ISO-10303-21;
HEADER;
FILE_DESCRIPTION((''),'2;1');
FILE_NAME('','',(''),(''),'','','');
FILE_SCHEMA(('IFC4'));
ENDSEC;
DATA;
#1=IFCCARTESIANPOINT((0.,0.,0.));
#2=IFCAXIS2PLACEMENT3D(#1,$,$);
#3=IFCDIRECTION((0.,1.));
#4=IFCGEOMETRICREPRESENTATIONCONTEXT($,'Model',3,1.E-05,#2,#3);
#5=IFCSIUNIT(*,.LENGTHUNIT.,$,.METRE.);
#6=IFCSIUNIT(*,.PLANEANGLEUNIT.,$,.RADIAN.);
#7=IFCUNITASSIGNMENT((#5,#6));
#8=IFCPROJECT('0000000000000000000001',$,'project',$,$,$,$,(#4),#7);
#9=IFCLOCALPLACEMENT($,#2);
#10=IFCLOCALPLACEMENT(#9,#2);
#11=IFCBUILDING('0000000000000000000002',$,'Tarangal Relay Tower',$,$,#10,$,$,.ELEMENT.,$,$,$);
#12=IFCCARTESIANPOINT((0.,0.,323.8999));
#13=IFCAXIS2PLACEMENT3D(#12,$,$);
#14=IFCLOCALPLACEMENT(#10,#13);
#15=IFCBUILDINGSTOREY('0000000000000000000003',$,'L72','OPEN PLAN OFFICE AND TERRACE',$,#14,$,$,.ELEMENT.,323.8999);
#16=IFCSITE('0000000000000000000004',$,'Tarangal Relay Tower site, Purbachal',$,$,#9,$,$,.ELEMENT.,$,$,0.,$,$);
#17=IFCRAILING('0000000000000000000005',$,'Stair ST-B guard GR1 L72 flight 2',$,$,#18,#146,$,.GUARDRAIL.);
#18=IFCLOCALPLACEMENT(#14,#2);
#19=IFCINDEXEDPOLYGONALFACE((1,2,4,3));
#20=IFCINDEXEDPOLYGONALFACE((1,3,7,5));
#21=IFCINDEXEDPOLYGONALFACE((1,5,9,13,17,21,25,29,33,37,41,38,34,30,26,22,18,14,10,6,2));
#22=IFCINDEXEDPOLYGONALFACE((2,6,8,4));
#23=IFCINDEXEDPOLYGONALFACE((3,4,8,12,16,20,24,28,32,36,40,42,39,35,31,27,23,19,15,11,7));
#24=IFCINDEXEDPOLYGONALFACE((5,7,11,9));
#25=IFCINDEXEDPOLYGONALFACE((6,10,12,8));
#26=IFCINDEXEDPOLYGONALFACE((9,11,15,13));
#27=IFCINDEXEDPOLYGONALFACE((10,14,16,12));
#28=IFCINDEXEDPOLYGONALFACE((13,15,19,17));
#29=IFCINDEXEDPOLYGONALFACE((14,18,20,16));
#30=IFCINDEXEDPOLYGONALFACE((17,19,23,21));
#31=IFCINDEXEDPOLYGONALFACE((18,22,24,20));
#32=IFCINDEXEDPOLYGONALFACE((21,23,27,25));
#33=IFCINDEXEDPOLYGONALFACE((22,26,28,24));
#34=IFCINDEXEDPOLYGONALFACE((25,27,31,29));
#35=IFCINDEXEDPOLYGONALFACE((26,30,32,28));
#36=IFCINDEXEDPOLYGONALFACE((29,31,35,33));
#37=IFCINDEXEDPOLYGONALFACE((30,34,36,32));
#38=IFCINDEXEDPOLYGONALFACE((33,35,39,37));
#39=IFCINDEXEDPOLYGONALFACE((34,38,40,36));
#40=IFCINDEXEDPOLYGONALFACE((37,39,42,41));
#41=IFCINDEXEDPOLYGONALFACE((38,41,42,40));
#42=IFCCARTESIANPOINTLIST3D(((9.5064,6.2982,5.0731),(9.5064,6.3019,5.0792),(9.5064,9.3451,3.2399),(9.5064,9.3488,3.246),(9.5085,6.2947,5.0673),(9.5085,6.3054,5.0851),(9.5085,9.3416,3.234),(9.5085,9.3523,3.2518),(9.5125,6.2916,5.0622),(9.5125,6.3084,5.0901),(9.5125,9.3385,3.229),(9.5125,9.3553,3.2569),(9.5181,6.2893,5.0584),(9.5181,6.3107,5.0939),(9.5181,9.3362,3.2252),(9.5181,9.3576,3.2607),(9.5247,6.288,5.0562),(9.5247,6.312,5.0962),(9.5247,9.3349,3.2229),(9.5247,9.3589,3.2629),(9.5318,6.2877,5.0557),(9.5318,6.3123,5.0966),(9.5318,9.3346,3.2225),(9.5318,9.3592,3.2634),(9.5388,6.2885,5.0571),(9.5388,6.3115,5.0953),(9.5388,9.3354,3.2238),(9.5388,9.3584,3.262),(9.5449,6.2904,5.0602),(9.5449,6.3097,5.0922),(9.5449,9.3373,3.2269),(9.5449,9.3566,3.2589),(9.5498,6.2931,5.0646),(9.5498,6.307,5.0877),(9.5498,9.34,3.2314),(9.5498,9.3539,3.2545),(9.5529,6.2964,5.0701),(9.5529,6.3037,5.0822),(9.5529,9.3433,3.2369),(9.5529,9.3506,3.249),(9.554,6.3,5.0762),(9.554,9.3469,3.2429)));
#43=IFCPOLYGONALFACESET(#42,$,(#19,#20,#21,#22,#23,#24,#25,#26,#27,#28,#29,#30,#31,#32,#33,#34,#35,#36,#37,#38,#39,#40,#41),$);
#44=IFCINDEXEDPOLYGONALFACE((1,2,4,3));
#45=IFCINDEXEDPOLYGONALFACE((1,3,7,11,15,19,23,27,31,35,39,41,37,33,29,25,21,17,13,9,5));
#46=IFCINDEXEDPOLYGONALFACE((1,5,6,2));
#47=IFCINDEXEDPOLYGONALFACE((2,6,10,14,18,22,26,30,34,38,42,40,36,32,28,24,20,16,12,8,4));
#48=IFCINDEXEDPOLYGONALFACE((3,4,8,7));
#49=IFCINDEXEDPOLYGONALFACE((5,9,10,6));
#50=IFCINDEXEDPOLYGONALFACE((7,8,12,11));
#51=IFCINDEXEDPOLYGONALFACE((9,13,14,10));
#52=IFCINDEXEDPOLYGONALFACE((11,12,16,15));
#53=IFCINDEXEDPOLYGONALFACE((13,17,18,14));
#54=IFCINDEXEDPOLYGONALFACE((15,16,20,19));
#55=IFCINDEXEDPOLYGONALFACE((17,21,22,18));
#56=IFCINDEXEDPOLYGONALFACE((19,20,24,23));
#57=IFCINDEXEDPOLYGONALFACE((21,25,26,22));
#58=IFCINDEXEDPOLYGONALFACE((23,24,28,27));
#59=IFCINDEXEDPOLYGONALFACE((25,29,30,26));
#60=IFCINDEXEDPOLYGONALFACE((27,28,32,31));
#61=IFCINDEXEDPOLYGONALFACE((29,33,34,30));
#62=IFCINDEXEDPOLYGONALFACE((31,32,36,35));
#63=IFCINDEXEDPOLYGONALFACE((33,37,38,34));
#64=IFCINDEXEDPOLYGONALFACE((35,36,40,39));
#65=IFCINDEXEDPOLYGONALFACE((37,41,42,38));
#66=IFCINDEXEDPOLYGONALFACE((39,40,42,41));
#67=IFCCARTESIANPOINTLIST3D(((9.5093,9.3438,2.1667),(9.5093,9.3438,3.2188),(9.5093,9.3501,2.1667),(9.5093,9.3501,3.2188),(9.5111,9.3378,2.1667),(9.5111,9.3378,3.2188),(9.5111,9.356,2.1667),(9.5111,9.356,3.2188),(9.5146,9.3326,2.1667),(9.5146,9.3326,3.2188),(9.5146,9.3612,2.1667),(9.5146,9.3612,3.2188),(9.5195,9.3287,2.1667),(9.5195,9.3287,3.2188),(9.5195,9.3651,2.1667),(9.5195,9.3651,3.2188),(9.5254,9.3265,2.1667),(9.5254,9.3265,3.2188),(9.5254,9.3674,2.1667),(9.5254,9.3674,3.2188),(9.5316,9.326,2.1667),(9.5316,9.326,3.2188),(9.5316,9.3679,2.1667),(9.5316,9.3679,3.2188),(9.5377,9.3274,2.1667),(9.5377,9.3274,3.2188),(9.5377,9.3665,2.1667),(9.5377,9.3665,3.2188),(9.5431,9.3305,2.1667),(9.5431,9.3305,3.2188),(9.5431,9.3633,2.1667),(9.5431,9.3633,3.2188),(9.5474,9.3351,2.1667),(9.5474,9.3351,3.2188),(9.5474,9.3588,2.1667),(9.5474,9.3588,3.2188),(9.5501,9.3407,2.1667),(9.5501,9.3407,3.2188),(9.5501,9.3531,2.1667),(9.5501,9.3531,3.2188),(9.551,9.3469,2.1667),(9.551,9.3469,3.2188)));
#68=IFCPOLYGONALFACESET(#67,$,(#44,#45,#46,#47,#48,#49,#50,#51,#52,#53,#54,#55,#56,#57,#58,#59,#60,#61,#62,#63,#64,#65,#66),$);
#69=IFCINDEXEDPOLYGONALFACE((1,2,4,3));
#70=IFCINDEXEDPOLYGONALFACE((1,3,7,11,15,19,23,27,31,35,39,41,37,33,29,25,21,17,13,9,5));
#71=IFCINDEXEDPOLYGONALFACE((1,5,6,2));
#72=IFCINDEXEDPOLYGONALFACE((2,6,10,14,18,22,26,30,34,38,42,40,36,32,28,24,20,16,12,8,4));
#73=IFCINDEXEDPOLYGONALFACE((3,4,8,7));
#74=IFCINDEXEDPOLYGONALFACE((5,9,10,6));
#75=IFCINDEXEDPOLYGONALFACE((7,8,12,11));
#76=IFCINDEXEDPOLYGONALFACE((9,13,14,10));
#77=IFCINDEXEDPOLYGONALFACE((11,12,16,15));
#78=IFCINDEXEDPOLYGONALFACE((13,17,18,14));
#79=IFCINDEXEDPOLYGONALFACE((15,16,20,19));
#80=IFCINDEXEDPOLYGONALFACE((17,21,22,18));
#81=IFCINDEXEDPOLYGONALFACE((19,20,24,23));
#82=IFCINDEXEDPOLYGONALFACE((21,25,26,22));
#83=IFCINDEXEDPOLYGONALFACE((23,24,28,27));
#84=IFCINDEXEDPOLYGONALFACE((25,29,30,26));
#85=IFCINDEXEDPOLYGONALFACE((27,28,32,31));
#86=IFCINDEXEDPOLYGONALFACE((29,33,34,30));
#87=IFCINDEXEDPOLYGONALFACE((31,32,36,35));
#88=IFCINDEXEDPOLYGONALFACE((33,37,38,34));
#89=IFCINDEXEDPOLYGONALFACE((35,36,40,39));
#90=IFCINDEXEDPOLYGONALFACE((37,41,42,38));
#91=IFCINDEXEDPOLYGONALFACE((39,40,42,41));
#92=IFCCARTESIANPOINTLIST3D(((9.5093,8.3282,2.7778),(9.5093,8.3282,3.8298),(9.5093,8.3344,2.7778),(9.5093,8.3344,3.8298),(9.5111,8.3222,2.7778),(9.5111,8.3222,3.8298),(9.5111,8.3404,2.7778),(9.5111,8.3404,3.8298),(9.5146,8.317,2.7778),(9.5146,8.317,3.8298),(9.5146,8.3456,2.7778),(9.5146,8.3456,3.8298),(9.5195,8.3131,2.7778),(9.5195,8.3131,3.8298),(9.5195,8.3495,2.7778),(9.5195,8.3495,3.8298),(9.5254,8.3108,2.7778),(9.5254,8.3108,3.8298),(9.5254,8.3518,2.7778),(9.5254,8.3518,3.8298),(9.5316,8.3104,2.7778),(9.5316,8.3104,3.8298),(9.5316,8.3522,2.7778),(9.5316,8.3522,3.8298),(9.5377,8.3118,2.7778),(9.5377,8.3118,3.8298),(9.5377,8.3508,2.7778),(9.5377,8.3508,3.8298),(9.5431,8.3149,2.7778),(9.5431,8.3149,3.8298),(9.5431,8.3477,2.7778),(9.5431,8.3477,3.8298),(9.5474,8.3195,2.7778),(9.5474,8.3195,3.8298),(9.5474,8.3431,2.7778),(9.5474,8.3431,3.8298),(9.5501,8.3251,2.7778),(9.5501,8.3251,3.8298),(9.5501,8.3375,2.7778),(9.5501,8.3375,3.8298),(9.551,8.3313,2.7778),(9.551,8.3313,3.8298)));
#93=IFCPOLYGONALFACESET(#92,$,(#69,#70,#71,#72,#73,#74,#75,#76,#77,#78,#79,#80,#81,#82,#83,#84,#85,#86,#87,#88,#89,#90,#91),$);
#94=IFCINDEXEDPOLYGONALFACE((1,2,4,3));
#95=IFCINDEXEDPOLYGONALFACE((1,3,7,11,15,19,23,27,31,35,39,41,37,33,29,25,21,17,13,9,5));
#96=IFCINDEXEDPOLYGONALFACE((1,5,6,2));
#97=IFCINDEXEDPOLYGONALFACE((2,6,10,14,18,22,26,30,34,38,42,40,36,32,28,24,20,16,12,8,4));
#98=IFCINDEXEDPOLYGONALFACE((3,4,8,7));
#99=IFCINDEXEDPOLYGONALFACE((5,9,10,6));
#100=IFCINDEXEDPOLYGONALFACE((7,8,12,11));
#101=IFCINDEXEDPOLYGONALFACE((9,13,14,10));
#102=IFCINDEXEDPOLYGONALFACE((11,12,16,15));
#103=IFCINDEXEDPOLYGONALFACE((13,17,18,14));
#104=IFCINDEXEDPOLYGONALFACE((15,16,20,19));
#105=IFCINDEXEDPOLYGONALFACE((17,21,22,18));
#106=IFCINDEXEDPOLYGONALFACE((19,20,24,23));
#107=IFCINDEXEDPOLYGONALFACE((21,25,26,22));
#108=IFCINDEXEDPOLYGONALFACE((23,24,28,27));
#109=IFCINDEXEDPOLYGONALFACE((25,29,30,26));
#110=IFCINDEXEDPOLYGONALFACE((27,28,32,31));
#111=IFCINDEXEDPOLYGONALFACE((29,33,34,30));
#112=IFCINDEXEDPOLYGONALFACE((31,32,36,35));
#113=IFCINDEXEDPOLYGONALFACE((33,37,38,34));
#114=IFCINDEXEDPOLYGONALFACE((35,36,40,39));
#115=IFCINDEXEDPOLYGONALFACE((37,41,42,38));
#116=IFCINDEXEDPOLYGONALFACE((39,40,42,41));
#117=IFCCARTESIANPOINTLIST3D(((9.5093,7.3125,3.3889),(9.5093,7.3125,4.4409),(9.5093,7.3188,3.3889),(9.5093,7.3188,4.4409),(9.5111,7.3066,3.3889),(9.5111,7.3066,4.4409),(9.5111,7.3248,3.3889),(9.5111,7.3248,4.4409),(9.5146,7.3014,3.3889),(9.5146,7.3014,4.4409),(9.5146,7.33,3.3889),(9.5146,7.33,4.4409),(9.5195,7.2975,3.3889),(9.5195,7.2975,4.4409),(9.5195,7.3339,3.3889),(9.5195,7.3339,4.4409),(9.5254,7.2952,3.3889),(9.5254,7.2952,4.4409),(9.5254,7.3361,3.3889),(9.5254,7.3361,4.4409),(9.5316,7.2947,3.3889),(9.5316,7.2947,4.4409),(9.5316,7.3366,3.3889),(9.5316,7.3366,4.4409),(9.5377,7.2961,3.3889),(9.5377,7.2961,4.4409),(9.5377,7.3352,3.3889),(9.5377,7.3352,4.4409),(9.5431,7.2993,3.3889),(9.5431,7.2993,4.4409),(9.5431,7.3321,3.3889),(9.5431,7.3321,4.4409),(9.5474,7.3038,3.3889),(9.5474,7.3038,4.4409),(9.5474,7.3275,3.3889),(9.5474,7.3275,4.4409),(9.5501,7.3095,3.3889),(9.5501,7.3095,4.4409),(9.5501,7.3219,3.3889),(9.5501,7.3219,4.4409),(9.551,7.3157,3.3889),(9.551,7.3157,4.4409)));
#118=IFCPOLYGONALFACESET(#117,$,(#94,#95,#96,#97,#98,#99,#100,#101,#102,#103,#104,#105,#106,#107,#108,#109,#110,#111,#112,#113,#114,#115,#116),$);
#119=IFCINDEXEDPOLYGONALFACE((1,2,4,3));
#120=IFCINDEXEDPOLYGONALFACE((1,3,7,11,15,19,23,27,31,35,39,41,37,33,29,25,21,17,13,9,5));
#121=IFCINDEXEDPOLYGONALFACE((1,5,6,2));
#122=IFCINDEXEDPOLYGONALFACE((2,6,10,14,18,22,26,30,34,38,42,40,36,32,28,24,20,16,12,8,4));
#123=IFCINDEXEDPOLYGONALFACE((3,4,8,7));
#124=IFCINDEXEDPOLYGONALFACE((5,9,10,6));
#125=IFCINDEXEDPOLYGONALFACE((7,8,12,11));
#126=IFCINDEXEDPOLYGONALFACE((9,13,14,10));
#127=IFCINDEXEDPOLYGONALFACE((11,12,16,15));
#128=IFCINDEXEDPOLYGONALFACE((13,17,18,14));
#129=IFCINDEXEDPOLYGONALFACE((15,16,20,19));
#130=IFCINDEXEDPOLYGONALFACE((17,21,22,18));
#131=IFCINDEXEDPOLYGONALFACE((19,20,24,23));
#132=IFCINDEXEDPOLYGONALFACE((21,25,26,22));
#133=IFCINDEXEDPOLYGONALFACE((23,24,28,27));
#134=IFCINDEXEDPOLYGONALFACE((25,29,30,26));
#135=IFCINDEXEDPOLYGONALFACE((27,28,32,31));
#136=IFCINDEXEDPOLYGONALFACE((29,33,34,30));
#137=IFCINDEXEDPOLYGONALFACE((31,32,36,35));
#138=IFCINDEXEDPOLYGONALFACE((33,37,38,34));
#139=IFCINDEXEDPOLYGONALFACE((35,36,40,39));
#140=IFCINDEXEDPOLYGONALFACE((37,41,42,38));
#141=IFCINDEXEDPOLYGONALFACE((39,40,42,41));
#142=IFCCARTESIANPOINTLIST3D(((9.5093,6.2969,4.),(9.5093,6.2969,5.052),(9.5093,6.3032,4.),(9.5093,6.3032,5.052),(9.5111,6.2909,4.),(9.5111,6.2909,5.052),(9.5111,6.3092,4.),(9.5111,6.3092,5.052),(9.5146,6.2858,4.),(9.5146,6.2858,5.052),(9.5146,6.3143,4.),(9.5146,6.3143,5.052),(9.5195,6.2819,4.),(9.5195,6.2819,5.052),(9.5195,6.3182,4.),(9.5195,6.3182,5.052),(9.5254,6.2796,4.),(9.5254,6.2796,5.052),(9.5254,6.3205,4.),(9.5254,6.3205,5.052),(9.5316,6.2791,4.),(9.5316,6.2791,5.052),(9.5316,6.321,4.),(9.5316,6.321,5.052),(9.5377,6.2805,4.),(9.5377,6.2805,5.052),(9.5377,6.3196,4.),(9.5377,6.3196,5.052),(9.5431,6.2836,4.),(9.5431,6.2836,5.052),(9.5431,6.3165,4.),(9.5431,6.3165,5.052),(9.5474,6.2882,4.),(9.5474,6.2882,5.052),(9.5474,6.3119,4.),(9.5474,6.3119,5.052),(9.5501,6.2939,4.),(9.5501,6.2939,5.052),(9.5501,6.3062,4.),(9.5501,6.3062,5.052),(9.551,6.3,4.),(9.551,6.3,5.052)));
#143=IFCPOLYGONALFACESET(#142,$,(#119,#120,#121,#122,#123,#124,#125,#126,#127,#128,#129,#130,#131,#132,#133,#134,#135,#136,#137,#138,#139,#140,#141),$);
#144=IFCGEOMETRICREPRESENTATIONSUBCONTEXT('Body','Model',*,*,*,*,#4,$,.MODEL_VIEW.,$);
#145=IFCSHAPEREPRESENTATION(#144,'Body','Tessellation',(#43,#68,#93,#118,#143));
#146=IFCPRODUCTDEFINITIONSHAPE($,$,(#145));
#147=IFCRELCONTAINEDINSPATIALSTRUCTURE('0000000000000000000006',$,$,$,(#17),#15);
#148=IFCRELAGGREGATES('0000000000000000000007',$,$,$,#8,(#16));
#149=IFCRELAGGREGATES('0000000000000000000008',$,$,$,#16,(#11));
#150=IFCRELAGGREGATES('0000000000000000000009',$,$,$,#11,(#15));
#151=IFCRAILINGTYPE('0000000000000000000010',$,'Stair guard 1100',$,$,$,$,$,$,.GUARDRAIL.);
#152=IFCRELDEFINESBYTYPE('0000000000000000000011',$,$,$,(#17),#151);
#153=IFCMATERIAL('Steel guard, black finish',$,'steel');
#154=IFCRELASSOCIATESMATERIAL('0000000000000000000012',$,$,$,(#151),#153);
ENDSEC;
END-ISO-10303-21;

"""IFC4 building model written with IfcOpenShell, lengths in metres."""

from ifc_helpers import new_model, si_unit, direction, frame, origin, origin_2d, place, context, subcontext, project, spatial, circle, extrude, material, type_object, element, save


model = new_model("IFC4")

# Units and contexts
model_context = context("Model", 3, precision=1e-05, world=origin(), true_north=direction((0.0, 1.0)))
body_context = subcontext(model_context, "Body", "Model", "MODEL_VIEW")
ifc_project = project(units=[si_unit("LENGTHUNIT", "METRE"), si_unit("PLANEANGLEUNIT", "RADIAN")], contexts=[model_context])

# Site, building, storey
site_placement = place(None, origin())
site = spatial("IfcSite", under=ifc_project, at=site_placement, Name="Tarangal Relay Tower site, Purbachal", CompositionType="ELEMENT", RefElevation=0.0)
building_placement = place(site_placement, origin())
building = spatial("IfcBuilding", under=site, at=building_placement, Name="Tarangal Relay Tower", CompositionType="ELEMENT")
storey_placement = place(building_placement, frame((0.0, 0.0, 323.8999)))
storey = spatial("IfcBuildingStorey", under=building, at=storey_placement, Name="L72", Description="OPEN PLAN OFFICE AND TERRACE", CompositionType="ELEMENT", Elevation=323.8999)

# Railing
ifc_material_1 = material(Name="Steel guard, black finish", Category="steel")
railing_type_1 = type_object("IfcRailingType", Name="Stair guard 1100", PredefinedType="GUARDRAIL", material=ifc_material_1)
railing_1_placement = place(storey_placement, frame((9.53, 9.3469, 2.1667)))
element("IfcRailing", 1, at=railing_1_placement, inside=storey, type_object=railing_type_1, Name="Stair ST-B guard GR1 L72 flight 2", PredefinedType="GUARDRAIL", context=body_context, shape_type="SweptSolid", body=[
    extrude(circle(Radius=0.0239, at=origin_2d()), frame((0.0, 0.0, 1.0762), z_axis=(0.0, -0.856856, 0.515556), x_axis=(1.0, 0.0, 0.0)), (0.0, 0.0, 1.0), 3.5559),
    extrude(circle(Radius=0.021, at=origin_2d()), origin(), (0.0, 0.0, 1.0), 1.052),
    extrude(circle(Radius=0.021, at=origin_2d()), frame((0.0, -1.0156, 0.6111)), (0.0, 0.0, 1.0), 1.052),
    extrude(circle(Radius=0.021, at=origin_2d()), frame((0.0, -2.0312, 1.2222)), (0.0, 0.0, 1.0), 1.052),
    extrude(circle(Radius=0.021, at=origin_2d()), frame((0.0, -3.0469, 1.8333)), (0.0, 0.0, 1.0), 1.052),
])

save(model, "model.ifc")
